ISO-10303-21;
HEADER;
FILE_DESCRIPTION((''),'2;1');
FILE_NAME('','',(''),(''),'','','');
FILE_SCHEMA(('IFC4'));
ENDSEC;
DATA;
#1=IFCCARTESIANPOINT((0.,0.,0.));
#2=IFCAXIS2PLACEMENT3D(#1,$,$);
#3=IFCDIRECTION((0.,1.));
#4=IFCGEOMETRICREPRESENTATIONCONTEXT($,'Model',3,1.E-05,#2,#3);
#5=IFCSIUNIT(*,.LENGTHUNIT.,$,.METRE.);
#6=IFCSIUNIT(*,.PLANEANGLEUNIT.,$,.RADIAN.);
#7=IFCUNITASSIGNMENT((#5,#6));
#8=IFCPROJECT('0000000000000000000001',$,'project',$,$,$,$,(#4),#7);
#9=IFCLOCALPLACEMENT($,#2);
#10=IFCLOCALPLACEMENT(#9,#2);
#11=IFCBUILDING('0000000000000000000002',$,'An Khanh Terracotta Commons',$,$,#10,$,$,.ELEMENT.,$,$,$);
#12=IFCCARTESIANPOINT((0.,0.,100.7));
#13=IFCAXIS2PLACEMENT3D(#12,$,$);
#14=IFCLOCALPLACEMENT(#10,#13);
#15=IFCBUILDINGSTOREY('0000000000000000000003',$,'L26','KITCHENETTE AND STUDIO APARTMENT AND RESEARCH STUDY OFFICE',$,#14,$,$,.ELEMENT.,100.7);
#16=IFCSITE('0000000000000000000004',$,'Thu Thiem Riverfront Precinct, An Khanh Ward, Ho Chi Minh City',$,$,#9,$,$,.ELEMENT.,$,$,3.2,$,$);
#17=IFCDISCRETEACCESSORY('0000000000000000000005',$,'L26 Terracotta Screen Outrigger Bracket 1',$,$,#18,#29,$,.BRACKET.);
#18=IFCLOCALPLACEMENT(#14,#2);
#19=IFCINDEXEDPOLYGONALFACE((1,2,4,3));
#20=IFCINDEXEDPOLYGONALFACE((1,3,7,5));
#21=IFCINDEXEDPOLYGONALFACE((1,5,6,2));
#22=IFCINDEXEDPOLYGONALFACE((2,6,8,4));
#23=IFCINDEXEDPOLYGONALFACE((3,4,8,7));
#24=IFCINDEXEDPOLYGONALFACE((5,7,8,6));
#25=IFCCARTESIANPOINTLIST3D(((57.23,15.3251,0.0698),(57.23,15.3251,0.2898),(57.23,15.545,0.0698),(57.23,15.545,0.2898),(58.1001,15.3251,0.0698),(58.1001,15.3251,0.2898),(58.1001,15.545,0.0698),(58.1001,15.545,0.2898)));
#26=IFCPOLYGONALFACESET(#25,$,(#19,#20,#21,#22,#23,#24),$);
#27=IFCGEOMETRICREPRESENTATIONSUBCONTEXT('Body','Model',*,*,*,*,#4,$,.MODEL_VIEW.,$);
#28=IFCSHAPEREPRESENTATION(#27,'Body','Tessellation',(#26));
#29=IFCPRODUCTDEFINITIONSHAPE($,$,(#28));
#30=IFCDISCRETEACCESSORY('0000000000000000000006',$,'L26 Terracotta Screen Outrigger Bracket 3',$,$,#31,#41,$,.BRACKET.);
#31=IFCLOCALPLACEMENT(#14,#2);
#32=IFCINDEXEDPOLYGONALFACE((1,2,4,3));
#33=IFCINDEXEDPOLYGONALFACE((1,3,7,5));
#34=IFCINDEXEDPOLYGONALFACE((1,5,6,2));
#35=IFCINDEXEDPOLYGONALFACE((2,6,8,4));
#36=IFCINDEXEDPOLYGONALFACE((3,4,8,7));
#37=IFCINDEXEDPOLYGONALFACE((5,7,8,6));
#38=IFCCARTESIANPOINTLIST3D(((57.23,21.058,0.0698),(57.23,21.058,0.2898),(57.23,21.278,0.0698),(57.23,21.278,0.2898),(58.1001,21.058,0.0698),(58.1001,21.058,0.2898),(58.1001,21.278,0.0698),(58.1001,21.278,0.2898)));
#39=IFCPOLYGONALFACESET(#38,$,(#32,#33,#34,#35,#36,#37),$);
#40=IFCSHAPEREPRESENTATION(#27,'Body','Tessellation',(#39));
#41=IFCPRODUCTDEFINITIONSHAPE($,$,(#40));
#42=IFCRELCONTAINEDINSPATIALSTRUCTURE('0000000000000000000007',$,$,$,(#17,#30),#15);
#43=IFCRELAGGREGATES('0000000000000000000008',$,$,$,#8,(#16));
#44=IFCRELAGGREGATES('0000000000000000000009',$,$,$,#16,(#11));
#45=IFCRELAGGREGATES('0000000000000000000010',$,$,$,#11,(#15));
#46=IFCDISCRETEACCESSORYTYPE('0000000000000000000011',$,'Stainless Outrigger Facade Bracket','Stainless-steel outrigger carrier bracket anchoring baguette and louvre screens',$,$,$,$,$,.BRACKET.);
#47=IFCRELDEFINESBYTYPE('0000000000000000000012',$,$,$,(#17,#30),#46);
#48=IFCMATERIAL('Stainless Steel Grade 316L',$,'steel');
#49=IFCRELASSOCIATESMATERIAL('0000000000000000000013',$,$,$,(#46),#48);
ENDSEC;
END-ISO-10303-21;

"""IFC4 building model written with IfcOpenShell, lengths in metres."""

from ifc_helpers import new_model, si_unit, direction, frame, origin, origin_2d, place, context, subcontext, project, spatial, rectangle, extrude, material, type_object, element, save


model = new_model("IFC4")

# Units and contexts
model_context = context("Model", 3, precision=1e-05, world=origin(), true_north=direction((0.0, 1.0)))
body_context = subcontext(model_context, "Body", "Model", "MODEL_VIEW")
ifc_project = project(units=[si_unit("LENGTHUNIT", "METRE"), si_unit("PLANEANGLEUNIT", "RADIAN")], contexts=[model_context])

# Site, building, storey
site_placement = place(None, origin())
site = spatial("IfcSite", under=ifc_project, at=site_placement, Name="Thu Thiem Riverfront Precinct, An Khanh Ward, Ho Chi Minh City", CompositionType="ELEMENT", RefElevation=3.2)
building_placement = place(site_placement, origin())
building = spatial("IfcBuilding", under=site, at=building_placement, Name="An Khanh Terracotta Commons", CompositionType="ELEMENT")
storey_placement = place(building_placement, frame((0.0, 0.0, 100.7)))
storey = spatial("IfcBuildingStorey", under=building, at=storey_placement, Name="L26", Description="KITCHENETTE AND STUDIO APARTMENT AND RESEARCH STUDY OFFICE", CompositionType="ELEMENT", Elevation=100.7)

# Discrete accessories
ifc_material_1 = material(Name="Stainless Steel Grade 316L", Category="steel")
discrete_accessory_type = type_object("IfcDiscreteAccessoryType", Name="Stainless Outrigger Facade Bracket", Description="Stainless-steel outrigger carrier bracket anchoring baguette and louvre screens", PredefinedType="BRACKET", material=ifc_material_1)
for number, where, z_axis, x_axis, name in (
    (1, (57.665, 15.4351, 0.0698), (0.0, 0.0, 1.0), (0.0, 1.0, 0.0), "L26 Terracotta Screen Outrigger Bracket 1"),
    (2, (57.665, 21.168, 0.0698), (0.0, 0.0, 1.0), (0.0, 1.0, 0.0), "L26 Terracotta Screen Outrigger Bracket 3"),
):
    element("IfcDiscreteAccessory", number, at=place(storey_placement, frame(where, z_axis=z_axis, x_axis=x_axis)), inside=storey, type_object=discrete_accessory_type, Name=name, PredefinedType="BRACKET", context=body_context, shape_type="SweptSolid", body=[
        extrude(rectangle(XDim=0.22, YDim=0.8701, at=origin_2d()), origin(), (0.0, 0.0, 1.0), 0.22),
    ])

save(model, "model.ifc")
